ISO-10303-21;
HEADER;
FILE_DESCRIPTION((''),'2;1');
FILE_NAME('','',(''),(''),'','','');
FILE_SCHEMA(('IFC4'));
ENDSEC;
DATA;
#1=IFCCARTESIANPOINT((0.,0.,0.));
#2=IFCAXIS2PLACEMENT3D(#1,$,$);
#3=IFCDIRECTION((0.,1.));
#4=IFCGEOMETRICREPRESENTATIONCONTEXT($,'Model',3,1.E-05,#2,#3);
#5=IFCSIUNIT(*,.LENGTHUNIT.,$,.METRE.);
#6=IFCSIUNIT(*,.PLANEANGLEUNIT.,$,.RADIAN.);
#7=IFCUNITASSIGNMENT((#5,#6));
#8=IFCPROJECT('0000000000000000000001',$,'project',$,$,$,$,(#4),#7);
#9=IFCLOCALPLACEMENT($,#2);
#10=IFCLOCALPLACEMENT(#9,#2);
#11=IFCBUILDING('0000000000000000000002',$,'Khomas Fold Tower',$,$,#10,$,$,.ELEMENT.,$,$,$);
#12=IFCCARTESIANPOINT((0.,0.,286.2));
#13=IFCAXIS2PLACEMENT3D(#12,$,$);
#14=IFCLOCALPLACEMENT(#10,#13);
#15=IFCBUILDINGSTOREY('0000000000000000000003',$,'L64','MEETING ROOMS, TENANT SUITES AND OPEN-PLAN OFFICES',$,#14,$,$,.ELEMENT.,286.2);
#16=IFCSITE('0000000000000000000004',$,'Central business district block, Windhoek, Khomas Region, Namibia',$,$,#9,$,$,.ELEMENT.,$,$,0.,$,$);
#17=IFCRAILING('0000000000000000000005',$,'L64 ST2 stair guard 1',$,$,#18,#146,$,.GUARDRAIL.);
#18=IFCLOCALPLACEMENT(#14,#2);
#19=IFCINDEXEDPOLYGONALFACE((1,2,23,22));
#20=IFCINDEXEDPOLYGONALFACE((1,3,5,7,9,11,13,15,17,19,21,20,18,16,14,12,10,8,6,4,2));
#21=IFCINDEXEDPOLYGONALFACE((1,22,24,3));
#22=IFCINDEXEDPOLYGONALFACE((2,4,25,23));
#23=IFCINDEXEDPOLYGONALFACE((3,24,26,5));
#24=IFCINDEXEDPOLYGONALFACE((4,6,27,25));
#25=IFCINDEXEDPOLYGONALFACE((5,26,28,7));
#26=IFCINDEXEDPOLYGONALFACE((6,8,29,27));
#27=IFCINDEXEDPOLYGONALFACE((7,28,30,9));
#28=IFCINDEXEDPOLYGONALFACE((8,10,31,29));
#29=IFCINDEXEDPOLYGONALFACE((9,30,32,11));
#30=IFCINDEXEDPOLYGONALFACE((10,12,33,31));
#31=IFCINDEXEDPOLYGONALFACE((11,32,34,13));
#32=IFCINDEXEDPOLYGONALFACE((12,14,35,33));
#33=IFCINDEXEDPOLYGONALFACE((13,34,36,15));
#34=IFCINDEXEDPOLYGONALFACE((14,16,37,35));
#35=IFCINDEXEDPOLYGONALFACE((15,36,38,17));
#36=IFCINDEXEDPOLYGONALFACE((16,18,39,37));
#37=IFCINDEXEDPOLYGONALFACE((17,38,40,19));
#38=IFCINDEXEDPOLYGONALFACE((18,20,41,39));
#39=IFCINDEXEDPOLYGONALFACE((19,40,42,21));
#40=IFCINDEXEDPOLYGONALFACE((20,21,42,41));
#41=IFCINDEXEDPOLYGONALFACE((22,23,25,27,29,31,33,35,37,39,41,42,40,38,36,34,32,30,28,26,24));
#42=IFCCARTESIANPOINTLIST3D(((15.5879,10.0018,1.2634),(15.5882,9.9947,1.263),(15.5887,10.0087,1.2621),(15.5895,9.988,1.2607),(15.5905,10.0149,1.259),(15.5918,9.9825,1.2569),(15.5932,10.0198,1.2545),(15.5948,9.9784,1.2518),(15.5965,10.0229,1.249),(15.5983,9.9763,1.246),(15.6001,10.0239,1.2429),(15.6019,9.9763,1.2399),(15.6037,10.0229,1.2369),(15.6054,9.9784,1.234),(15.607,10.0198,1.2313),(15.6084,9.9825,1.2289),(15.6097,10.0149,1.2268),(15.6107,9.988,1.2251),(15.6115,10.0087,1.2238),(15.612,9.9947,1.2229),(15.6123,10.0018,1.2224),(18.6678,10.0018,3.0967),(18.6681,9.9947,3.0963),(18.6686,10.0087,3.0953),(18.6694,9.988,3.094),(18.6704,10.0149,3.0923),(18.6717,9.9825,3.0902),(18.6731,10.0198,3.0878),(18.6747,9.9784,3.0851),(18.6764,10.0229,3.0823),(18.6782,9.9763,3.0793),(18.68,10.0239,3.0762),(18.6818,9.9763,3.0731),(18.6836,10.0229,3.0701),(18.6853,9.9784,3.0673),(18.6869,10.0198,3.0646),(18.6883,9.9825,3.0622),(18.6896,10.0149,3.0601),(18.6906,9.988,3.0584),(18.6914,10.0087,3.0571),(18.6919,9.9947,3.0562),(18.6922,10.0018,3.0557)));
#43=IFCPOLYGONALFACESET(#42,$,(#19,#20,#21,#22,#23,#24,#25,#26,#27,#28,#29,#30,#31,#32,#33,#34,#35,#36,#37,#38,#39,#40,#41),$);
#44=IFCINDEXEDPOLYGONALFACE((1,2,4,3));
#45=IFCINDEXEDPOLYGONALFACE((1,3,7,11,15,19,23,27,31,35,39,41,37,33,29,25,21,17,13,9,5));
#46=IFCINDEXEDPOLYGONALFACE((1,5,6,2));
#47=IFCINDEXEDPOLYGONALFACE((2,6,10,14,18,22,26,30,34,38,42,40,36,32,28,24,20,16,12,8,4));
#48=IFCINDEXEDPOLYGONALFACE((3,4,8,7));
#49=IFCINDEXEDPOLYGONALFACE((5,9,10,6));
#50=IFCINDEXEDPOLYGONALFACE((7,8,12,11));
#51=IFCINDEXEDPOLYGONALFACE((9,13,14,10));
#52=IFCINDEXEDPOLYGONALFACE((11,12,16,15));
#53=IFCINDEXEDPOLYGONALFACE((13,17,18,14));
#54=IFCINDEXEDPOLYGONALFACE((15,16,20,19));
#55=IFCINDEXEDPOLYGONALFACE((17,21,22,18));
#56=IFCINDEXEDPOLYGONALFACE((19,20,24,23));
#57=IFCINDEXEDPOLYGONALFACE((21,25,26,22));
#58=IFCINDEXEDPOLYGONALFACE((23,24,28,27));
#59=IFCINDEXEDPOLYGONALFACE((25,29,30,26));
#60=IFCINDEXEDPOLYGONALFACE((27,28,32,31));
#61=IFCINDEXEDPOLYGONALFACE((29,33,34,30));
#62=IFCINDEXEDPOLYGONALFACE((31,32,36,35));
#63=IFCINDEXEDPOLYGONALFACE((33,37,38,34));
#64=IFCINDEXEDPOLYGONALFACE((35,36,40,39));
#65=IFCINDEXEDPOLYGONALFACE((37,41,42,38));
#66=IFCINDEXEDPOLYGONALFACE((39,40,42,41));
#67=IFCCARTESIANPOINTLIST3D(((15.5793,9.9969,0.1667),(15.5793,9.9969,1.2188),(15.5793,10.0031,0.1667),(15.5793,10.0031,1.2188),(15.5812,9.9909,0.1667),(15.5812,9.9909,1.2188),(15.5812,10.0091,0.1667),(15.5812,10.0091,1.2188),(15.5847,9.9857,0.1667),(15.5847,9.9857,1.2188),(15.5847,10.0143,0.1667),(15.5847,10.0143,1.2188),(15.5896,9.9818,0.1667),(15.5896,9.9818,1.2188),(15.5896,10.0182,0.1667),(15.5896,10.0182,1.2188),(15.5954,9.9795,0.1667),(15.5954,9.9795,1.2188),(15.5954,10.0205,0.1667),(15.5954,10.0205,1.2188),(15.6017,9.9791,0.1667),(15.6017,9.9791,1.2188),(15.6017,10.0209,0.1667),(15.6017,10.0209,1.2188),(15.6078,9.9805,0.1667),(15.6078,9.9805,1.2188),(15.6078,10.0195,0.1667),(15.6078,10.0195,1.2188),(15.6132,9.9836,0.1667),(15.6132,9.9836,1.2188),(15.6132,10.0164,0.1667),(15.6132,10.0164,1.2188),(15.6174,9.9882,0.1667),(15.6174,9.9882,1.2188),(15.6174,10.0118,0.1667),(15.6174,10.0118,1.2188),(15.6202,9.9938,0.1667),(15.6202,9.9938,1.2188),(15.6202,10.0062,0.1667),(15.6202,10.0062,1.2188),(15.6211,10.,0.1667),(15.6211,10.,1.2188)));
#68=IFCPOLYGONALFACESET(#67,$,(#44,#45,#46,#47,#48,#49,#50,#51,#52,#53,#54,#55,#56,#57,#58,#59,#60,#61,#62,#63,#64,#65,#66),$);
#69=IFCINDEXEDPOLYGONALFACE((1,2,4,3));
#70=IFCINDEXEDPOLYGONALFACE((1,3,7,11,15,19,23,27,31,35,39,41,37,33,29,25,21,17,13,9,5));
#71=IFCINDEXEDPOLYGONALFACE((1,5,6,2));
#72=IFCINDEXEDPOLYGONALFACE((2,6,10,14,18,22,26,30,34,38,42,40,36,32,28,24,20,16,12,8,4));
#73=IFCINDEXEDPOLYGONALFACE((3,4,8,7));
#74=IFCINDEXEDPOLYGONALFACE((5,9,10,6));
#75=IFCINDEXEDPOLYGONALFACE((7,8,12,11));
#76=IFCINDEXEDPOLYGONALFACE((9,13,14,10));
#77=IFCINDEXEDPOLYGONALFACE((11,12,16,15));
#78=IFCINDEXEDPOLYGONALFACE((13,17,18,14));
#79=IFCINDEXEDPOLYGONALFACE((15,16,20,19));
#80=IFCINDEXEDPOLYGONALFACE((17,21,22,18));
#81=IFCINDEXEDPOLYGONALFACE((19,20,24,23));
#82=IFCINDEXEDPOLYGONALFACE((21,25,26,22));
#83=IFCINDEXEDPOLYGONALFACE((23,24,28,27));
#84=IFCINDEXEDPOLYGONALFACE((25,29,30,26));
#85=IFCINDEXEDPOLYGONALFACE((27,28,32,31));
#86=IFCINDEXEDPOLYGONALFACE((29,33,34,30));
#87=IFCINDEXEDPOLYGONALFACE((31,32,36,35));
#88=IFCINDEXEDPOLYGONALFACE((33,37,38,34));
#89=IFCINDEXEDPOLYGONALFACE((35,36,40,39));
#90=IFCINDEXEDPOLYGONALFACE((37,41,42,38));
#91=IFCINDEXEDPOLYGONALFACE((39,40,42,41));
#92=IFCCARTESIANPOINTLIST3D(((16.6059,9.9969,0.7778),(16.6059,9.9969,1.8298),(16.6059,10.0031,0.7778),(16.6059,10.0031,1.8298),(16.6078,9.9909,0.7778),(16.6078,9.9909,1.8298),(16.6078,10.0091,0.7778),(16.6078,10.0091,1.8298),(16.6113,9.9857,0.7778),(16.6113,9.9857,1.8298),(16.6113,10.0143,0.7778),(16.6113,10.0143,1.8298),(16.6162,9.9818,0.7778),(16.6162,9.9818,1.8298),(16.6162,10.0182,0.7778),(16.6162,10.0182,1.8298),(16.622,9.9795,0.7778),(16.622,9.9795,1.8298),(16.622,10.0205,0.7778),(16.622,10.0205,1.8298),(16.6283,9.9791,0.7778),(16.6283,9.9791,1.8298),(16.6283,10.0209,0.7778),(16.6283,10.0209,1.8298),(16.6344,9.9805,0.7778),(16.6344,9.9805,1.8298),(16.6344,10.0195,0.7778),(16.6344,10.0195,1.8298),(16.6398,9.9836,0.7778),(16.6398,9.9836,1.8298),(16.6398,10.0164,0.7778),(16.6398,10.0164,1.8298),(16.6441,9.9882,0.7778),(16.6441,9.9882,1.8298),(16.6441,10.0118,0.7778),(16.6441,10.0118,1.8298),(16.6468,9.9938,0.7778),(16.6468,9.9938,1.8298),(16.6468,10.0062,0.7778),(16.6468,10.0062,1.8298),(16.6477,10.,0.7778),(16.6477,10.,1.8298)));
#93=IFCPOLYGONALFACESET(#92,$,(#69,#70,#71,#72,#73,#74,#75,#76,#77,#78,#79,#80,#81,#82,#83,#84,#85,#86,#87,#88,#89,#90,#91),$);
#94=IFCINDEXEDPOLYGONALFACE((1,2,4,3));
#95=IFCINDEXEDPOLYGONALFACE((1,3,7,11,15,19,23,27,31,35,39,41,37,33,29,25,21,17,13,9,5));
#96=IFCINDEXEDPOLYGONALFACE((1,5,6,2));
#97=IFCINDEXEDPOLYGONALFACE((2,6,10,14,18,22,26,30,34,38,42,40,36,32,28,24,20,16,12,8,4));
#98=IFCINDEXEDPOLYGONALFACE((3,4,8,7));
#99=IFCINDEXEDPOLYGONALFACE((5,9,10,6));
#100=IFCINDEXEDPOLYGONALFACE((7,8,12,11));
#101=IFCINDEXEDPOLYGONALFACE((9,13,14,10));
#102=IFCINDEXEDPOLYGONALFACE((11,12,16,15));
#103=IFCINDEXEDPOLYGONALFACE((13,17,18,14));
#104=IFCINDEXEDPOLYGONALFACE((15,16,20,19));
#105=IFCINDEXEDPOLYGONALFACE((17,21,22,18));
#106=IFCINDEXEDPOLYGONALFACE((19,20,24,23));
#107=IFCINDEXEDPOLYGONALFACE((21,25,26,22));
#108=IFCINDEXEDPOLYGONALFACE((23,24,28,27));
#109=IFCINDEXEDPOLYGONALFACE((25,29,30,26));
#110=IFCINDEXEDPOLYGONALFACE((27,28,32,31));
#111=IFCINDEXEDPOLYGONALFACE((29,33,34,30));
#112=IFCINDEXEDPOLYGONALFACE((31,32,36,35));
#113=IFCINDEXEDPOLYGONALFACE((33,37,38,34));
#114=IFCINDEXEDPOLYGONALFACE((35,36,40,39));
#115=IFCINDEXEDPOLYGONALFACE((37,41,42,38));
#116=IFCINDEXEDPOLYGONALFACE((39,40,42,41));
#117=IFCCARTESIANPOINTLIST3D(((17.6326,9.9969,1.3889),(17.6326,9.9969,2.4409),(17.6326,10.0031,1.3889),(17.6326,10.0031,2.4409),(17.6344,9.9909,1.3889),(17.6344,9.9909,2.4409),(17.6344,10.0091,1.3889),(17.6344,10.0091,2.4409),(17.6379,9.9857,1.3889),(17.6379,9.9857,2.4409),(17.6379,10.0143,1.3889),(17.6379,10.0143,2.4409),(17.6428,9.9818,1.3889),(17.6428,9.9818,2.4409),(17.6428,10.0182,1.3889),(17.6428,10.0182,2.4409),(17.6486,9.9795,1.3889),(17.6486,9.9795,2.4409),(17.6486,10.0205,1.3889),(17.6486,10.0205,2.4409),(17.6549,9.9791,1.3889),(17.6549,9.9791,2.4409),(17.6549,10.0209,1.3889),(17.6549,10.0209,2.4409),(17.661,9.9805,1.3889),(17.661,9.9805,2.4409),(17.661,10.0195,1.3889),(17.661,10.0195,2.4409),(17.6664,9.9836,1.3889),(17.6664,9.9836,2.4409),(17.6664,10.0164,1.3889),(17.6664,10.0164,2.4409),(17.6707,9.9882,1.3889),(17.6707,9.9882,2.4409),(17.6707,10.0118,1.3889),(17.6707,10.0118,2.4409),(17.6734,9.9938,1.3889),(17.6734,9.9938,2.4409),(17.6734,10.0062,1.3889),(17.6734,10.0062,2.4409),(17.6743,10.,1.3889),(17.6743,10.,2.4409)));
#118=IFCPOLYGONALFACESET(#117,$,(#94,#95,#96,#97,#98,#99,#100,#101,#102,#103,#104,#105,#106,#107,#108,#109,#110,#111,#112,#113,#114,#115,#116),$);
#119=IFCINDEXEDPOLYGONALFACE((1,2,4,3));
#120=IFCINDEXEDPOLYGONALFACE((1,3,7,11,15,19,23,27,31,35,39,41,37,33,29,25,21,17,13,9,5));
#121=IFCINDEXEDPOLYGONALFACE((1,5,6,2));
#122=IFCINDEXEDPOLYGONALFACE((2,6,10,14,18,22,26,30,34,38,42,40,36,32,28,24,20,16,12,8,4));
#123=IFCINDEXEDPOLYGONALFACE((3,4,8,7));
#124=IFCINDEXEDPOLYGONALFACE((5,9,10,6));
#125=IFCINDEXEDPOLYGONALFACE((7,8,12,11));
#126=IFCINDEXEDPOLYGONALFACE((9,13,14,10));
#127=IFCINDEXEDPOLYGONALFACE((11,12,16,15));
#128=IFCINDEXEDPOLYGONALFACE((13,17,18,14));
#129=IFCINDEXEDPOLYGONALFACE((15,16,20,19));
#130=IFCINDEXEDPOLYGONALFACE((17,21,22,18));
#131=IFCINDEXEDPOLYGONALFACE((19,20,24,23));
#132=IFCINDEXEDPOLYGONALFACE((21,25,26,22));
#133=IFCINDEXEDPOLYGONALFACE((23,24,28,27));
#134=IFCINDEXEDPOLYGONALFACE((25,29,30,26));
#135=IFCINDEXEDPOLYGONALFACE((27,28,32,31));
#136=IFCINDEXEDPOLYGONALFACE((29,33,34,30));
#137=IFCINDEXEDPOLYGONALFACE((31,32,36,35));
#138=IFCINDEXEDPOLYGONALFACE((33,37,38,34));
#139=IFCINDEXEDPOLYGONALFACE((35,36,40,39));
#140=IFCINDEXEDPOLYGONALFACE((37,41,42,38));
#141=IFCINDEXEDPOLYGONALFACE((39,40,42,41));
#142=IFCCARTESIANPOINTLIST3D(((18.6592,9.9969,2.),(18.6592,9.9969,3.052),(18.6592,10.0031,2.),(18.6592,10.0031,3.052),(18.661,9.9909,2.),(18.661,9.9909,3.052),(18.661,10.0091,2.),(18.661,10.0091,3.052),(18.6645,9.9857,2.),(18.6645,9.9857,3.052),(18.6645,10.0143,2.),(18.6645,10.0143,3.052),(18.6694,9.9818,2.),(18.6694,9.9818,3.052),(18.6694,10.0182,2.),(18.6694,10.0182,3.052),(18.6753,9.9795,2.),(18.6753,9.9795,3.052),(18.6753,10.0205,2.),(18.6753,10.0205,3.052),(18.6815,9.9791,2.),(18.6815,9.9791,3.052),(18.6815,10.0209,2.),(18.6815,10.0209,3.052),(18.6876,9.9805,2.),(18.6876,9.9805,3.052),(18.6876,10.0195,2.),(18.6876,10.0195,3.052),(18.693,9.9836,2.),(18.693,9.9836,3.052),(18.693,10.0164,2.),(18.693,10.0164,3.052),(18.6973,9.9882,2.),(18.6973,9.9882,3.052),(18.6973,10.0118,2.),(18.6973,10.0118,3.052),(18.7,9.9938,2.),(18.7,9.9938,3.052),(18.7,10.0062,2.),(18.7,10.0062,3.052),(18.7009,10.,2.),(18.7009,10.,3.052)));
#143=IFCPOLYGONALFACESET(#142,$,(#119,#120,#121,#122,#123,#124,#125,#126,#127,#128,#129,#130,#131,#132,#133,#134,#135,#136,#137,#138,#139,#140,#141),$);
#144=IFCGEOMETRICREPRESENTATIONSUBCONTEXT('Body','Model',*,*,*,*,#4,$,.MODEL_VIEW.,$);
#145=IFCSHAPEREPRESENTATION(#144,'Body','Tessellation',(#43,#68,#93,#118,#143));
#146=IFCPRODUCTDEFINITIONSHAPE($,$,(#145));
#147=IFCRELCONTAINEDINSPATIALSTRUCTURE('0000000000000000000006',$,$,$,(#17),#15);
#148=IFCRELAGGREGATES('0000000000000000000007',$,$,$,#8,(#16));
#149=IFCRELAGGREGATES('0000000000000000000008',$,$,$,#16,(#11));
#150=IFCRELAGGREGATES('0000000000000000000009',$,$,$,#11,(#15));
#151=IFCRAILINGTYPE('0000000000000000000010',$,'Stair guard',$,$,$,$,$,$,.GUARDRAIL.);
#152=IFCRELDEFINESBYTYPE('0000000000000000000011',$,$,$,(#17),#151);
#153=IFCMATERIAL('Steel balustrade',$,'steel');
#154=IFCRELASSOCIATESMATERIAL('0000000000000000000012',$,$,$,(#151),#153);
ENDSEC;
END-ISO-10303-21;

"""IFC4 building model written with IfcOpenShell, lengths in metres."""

from ifc_helpers import new_model, si_unit, direction, frame, origin, origin_2d, place, context, subcontext, project, spatial, circle, extrude, source, transform, mapped, material, type_object, element, save


model = new_model("IFC4")

# Units and contexts
model_context = context("Model", 3, precision=1e-05, world=origin(), true_north=direction((0.0, 1.0)))
body_context = subcontext(model_context, "Body", "Model", "MODEL_VIEW")
ifc_project = project(units=[si_unit("LENGTHUNIT", "METRE"), si_unit("PLANEANGLEUNIT", "RADIAN")], contexts=[model_context])

# Site, building, storey
site_placement = place(None, origin())
site = spatial("IfcSite", under=ifc_project, at=site_placement, Name="Central business district block, Windhoek, Khomas Region, Namibia", CompositionType="ELEMENT", RefElevation=0.0)
building_placement = place(site_placement, origin())
building = spatial("IfcBuilding", under=site, at=building_placement, Name="Khomas Fold Tower", CompositionType="ELEMENT")
storey_placement = place(building_placement, frame((0.0, 0.0, 286.2)))
storey = spatial("IfcBuildingStorey", under=building, at=storey_placement, Name="L64", Description="MEETING ROOMS, TENANT SUITES AND OPEN-PLAN OFFICES", CompositionType="ELEMENT", Elevation=286.2)

# Railing
ifc_material_1 = material(Name="Steel balustrade", Category="steel")
railing_type_1 = type_object("IfcRailingType", Name="Stair guard", PredefinedType="GUARDRAIL", material=ifc_material_1)
shared_shape_1 = source(origin(), body_context, "Body", "SweptSolid", [
    extrude(circle(Radius=0.0239, at=origin_2d()), frame((0.0, 0.0, 1.0762), z_axis=(0.859291, 0.0, 0.511487), x_axis=(0.0, 1.0, 0.0)), (0.0, 0.0, 1.0), 3.5842),
    extrude(circle(Radius=0.021, at=origin_2d()), origin(), (0.0, 0.0, 1.0), 1.052),
    extrude(circle(Radius=0.021, at=origin_2d()), frame((1.0266, 0.0, 0.6111)), (0.0, 0.0, 1.0), 1.052),
    extrude(circle(Radius=0.021, at=origin_2d()), frame((2.0532, 0.0, 1.2222)), (0.0, 0.0, 1.0), 1.052),
    extrude(circle(Radius=0.021, at=origin_2d()), frame((3.0798, 0.0, 1.8333)), (0.0, 0.0, 1.0), 1.052),
])
railing_1_placement = place(storey_placement, frame((15.6001, 10.0, 0.1667)))
element("IfcRailing", 1, at=railing_1_placement, inside=storey, type_object=railing_type_1, Name="L64 ST2 stair guard 1", PredefinedType="GUARDRAIL", context=body_context, shape_type="MappedRepresentation", body=[
    mapped(shared_shape_1, transform((0.0, 0.0, 0.0))),
])

save(model, "model.ifc")
